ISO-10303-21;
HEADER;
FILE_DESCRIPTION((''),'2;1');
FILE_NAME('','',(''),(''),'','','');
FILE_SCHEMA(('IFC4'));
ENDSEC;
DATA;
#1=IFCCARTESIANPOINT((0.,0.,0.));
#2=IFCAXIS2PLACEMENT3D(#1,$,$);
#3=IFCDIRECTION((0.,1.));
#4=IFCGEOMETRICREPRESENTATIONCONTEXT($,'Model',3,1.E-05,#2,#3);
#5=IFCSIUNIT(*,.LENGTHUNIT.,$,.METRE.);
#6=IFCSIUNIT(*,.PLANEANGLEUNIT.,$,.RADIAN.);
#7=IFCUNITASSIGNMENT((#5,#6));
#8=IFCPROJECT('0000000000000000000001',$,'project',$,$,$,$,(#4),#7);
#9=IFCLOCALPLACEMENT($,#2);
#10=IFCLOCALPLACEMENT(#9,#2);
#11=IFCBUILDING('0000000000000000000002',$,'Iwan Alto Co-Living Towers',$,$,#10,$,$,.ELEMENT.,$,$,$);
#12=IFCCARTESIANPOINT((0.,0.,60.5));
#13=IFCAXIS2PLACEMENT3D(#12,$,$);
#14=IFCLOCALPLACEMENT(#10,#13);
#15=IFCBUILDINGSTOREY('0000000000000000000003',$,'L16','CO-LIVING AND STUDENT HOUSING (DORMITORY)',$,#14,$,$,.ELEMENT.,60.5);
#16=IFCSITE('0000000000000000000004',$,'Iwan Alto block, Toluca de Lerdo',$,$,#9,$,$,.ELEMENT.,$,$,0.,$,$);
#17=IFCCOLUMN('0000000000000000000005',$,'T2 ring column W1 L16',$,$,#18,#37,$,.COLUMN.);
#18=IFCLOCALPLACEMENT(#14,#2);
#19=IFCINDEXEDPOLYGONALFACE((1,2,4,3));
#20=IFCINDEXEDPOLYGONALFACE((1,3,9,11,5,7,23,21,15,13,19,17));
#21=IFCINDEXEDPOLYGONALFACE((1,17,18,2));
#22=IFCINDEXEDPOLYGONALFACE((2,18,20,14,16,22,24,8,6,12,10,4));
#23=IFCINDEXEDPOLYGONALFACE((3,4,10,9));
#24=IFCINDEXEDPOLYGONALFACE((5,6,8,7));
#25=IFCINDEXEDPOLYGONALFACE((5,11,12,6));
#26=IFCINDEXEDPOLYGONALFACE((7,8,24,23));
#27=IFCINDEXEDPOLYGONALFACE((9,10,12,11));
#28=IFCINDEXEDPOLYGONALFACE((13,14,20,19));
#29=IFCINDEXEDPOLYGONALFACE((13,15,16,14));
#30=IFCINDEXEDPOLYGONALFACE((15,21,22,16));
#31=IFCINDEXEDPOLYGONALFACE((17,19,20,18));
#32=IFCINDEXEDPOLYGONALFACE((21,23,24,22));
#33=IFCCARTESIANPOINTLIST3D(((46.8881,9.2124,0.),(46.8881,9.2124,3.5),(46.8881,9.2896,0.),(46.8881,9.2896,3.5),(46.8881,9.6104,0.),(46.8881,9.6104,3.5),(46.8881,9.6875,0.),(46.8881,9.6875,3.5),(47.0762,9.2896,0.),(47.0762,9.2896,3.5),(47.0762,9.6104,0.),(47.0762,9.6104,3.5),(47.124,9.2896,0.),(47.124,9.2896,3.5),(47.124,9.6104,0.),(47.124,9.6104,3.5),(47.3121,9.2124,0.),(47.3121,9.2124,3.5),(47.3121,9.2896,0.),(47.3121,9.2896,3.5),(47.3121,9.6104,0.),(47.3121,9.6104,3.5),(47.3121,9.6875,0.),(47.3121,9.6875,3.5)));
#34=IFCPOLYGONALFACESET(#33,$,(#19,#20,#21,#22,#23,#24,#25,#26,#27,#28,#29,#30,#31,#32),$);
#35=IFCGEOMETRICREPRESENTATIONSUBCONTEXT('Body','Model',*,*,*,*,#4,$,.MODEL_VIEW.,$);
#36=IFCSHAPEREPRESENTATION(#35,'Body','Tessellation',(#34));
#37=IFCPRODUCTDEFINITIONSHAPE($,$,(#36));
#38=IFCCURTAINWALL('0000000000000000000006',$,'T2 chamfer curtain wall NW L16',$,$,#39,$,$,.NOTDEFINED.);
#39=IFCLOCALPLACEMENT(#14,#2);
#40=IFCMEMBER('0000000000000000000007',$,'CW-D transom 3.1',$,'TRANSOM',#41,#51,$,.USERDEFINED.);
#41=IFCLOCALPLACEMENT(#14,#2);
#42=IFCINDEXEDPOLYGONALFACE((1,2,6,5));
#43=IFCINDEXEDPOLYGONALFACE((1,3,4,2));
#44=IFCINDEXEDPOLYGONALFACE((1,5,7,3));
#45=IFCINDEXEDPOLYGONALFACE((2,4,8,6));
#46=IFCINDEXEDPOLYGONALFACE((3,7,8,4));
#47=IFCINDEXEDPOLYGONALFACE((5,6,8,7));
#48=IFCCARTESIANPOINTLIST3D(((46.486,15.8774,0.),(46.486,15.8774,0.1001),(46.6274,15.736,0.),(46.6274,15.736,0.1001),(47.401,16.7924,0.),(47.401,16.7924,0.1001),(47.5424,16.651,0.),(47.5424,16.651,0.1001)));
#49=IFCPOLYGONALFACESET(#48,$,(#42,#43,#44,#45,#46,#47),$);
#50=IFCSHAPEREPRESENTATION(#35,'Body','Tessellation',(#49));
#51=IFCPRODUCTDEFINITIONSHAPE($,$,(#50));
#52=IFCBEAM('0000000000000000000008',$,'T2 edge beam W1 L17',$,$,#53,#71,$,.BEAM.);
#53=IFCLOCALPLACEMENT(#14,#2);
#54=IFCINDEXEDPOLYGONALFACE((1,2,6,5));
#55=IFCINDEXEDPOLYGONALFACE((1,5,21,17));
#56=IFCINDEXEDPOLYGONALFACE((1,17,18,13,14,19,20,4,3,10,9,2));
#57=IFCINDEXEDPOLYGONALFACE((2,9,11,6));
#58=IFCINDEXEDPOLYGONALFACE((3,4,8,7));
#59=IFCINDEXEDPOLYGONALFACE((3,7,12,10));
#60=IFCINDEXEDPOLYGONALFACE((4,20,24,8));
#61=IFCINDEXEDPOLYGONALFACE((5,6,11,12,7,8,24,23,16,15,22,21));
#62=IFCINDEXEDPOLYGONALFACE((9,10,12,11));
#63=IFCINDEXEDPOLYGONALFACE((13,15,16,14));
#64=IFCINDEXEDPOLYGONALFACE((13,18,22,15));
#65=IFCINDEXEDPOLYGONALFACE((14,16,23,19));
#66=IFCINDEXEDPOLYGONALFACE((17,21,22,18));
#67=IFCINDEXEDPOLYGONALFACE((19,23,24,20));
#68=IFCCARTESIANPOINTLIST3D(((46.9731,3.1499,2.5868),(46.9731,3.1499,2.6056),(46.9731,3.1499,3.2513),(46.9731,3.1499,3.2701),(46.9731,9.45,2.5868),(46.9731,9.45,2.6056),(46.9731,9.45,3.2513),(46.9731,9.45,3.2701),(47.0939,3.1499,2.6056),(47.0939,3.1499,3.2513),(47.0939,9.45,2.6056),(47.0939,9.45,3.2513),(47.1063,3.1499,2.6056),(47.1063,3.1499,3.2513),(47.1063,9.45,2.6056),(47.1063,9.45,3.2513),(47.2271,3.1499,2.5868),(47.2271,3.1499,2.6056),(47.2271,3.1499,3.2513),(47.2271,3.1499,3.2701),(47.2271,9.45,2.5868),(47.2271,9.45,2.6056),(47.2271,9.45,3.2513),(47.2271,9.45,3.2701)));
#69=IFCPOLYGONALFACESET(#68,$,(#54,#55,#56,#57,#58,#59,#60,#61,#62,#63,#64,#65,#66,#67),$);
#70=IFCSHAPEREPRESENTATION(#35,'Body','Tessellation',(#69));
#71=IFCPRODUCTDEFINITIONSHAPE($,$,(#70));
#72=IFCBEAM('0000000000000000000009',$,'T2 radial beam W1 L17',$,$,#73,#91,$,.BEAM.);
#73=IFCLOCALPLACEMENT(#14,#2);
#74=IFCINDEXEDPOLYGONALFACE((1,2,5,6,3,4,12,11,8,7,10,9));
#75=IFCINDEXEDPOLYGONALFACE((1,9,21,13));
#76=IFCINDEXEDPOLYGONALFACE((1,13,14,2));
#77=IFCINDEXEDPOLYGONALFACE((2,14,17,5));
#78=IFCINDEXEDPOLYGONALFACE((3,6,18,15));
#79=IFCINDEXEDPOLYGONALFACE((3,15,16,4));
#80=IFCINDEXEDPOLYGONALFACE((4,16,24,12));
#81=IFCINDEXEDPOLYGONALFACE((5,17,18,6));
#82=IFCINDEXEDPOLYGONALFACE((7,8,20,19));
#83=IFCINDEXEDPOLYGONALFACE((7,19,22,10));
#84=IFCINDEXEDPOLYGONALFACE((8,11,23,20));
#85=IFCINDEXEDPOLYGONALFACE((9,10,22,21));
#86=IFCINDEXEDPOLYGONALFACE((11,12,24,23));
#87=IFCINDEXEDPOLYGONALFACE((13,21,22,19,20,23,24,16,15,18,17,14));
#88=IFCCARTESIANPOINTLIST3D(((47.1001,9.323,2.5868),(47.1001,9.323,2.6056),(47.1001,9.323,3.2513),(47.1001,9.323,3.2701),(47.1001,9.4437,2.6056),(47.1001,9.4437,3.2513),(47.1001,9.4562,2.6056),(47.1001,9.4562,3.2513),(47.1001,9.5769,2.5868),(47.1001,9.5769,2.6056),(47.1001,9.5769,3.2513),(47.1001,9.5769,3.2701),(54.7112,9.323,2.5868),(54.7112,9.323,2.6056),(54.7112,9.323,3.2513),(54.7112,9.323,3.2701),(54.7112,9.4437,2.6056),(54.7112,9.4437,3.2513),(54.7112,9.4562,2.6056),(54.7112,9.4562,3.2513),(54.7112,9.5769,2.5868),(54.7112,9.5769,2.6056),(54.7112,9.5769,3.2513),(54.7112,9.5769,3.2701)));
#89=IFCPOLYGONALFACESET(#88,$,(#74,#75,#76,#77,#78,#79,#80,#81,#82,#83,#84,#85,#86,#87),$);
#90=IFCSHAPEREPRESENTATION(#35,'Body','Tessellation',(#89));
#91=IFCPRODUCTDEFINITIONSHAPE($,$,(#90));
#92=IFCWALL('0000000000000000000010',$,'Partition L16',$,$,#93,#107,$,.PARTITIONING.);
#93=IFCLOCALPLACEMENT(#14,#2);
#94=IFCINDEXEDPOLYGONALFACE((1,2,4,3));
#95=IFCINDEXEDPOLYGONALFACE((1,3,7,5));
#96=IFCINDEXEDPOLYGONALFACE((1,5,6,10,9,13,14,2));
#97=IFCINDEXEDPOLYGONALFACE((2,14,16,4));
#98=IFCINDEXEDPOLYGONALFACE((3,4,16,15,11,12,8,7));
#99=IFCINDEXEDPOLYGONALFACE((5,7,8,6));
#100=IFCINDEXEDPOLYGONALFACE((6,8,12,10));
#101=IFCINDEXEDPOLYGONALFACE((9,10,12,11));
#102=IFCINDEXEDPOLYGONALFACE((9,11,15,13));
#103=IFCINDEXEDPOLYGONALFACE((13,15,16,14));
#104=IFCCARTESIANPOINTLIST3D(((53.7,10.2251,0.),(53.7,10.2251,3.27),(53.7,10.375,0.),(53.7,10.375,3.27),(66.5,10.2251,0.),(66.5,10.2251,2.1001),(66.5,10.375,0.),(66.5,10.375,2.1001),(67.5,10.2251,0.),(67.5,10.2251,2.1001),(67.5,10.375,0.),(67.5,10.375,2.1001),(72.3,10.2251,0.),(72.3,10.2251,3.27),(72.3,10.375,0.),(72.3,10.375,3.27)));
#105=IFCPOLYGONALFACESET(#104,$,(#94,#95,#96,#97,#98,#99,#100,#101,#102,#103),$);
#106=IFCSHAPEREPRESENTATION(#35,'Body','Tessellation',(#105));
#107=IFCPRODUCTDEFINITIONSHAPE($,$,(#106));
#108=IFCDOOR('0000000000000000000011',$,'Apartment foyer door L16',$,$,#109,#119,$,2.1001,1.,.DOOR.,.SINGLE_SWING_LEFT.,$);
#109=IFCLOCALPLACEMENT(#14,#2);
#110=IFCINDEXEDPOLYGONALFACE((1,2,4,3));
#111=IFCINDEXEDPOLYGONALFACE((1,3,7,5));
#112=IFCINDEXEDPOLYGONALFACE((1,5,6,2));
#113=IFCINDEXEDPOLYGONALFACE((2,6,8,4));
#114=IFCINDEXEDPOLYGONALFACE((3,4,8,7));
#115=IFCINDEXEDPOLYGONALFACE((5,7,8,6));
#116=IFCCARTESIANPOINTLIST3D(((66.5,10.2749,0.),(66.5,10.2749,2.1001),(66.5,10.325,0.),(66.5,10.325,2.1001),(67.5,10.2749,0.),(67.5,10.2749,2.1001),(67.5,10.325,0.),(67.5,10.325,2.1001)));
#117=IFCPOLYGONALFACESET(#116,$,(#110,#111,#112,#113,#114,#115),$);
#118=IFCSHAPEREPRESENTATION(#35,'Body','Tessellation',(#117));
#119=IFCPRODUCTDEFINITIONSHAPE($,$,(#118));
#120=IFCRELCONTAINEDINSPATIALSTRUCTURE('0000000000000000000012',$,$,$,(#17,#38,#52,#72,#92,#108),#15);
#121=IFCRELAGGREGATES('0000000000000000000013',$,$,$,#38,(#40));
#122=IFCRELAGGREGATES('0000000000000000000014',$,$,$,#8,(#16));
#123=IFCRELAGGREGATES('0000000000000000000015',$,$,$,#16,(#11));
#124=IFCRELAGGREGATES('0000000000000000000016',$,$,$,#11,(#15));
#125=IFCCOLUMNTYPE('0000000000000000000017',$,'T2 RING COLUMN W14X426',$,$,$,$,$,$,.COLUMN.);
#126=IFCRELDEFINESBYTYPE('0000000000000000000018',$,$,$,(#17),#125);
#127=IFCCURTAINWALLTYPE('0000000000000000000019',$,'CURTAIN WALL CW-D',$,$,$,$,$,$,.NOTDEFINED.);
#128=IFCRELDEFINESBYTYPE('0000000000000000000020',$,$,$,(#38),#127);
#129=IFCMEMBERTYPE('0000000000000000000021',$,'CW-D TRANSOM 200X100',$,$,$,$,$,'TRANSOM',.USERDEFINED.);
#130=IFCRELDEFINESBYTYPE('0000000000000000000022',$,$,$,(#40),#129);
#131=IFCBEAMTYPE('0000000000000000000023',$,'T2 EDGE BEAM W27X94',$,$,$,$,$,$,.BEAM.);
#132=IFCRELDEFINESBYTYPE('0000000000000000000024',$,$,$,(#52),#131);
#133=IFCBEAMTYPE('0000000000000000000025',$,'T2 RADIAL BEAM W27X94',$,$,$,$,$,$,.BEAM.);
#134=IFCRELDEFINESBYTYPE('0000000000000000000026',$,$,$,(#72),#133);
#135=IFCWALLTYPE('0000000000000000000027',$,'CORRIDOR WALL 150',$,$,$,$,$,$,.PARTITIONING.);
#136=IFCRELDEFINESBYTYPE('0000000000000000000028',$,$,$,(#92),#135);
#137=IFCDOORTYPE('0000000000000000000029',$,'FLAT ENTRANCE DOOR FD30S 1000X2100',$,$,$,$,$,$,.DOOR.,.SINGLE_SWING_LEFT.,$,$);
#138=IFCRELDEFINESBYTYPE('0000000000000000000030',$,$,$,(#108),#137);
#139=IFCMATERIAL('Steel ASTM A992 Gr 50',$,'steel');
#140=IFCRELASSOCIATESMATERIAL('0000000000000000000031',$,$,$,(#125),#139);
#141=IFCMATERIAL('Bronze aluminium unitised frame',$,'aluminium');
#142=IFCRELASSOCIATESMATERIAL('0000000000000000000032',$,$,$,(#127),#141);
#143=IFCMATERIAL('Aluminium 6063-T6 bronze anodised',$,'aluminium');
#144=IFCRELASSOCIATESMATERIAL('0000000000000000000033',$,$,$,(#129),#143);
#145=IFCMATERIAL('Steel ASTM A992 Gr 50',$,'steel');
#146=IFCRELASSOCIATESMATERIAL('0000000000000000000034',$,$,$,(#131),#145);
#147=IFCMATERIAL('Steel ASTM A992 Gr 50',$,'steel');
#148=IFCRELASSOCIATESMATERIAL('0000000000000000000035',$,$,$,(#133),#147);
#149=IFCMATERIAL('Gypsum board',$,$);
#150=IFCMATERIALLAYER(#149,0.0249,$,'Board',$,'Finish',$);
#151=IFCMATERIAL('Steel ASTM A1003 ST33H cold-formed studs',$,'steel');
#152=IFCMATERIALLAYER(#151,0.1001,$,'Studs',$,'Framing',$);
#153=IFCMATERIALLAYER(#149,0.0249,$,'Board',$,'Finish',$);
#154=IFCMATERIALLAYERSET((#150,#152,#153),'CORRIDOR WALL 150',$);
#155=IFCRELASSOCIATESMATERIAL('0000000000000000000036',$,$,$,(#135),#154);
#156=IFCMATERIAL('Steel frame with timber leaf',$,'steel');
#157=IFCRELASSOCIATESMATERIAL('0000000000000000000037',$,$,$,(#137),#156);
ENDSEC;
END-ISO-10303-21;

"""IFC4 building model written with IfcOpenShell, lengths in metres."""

from ifc_helpers import new_model, si_unit, direction, frame, frame_2d, origin, origin_2d, place, context, subcontext, project, spatial, rectangle, i_section, extrude, material, layer, layer_set, material_profile, profile_set, type_object, element, fill, aggregate, save


model = new_model("IFC4")

# Units and contexts
model_context = context("Model", 3, precision=1e-05, world=origin(), true_north=direction((0.0, 1.0)))
body_context = subcontext(model_context, "Body", "Model", "MODEL_VIEW")
ifc_project = project(units=[si_unit("LENGTHUNIT", "METRE"), si_unit("PLANEANGLEUNIT", "RADIAN")], contexts=[model_context])

# Site, building, storey
site_placement = place(None, origin())
site = spatial("IfcSite", under=ifc_project, at=site_placement, Name="Iwan Alto block, Toluca de Lerdo", CompositionType="ELEMENT", RefElevation=0.0)
building_placement = place(site_placement, origin())
building = spatial("IfcBuilding", under=site, at=building_placement, Name="Iwan Alto Co-Living Towers", CompositionType="ELEMENT")
storey_placement = place(building_placement, frame((0.0, 0.0, 60.5)))
storey = spatial("IfcBuildingStorey", under=building, at=storey_placement, Name="L16", Description="CO-LIVING AND STUDENT HOUSING (DORMITORY)", CompositionType="ELEMENT", Elevation=60.5)

# Column
ifc_material_1 = material(Name="Steel ASTM A992 Gr 50", Category="steel")
ifc_material_profile_1 = material_profile(ifc_material_1, i_section(OverallWidth=0.4241, OverallDepth=0.4751, WebThickness=0.0479, FlangeThickness=0.0771, at=origin_2d()), Name="W14X426")
ifc_profile_set_1 = profile_set([ifc_material_profile_1], Name="Steel ASTM A992 Gr 50")
column_type = type_object("IfcColumnType", Name="T2 RING COLUMN W14X426", PredefinedType="COLUMN", material=ifc_profile_set_1)
column_placement = place(storey_placement, frame((47.1001, 9.45, 0.0), z_axis=(0.0, 0.0, 1.0), x_axis=(1.0, 0.0, 0.0)))
element("IfcColumn", 1, at=column_placement, inside=storey, type_object=column_type, Name="T2 ring column W1 L16", PredefinedType="COLUMN", context=body_context, shape_type="SweptSolid", body=[
    extrude(i_section(OverallWidth=0.4241, OverallDepth=0.4751, WebThickness=0.0479, FlangeThickness=0.0771, at=origin_2d()), origin(), (0.0, 0.0, 1.0), 3.5),
])

# Curtain wall, member
ifc_material_2 = material(Name="Bronze aluminium unitised frame", Category="aluminium")
curtain_wall_type = type_object("IfcCurtainWallType", Name="CURTAIN WALL CW-D", PredefinedType="NOTDEFINED", material=ifc_material_2)
curtain_wall_placement = place(storey_placement, origin())
curtain_wall = element("IfcCurtainWall", 2, at=curtain_wall_placement, inside=storey, type_object=curtain_wall_type, Name="T2 chamfer curtain wall NW L16", PredefinedType="NOTDEFINED")
ifc_material_3 = material(Name="Aluminium 6063-T6 bronze anodised", Category="aluminium")
ifc_material_profile_2 = material_profile(ifc_material_3, rectangle(XDim=0.2, YDim=0.1001, at=origin_2d()), Name="AL 200X100")
ifc_profile_set_2 = profile_set([ifc_material_profile_2], Name="Aluminium 6063-T6 bronze anodised")
member_type = type_object("IfcMemberType", Name="CW-D TRANSOM 200X100", ElementType="TRANSOM", PredefinedType="USERDEFINED", material=ifc_profile_set_2)
member_placement = place(storey_placement, frame((47.4717, 16.7217, 0.05), z_axis=(-0.707107, -0.707107, 0.0), x_axis=(0.707107, -0.707107, 0.0)))
member = element("IfcMember", 3, at=member_placement, type_object=member_type, Name="CW-D transom 3.1", ObjectType="TRANSOM", PredefinedType="USERDEFINED", context=body_context, shape_type="SweptSolid", body=[
    extrude(rectangle(XDim=0.2, YDim=0.1001, at=origin_2d()), origin(), (0.0, 0.0, 1.0), 1.2939),
])
aggregate(curtain_wall, [member])

# Beams
ifc_material_4 = material(Name="Steel ASTM A992 Gr 50", Category="steel")
ifc_material_profile_3 = material_profile(ifc_material_4, i_section(OverallWidth=0.2539, OverallDepth=0.6833, WebThickness=0.0125, FlangeThickness=0.0188, at=origin_2d()), Name="W27X94")
ifc_profile_set_3 = profile_set([ifc_material_profile_3], Name="Steel ASTM A992 Gr 50")
beam_type_1 = type_object("IfcBeamType", Name="T2 EDGE BEAM W27X94", PredefinedType="BEAM", material=ifc_profile_set_3)
beam_1_placement = place(storey_placement, frame((47.1001, 9.45, 2.9285), z_axis=(0.0, -1.0, 0.0), x_axis=(1.0, 0.0, 0.0)))
element("IfcBeam", 4, at=beam_1_placement, inside=storey, type_object=beam_type_1, Name="T2 edge beam W1 L17", PredefinedType="BEAM", context=body_context, shape_type="SweptSolid", body=[
    extrude(i_section(OverallWidth=0.2539, OverallDepth=0.6833, WebThickness=0.0125, FlangeThickness=0.0188, at=origin_2d()), origin(), (0.0, 0.0, 1.0), 6.3),
])
ifc_material_5 = material(Name="Steel ASTM A992 Gr 50", Category="steel")
ifc_material_profile_4 = material_profile(ifc_material_5, i_section(OverallWidth=0.2539, OverallDepth=0.6833, WebThickness=0.0125, FlangeThickness=0.0188, at=origin_2d()), Name="W27X94")
ifc_profile_set_4 = profile_set([ifc_material_profile_4], Name="Steel ASTM A992 Gr 50")
beam_type_2 = type_object("IfcBeamType", Name="T2 RADIAL BEAM W27X94", PredefinedType="BEAM", material=ifc_profile_set_4)
beam_2_placement = place(storey_placement, frame((47.1001, 9.45, 2.9285), z_axis=(1.0, 0.0, 0.0), x_axis=(0.0, 1.0, 0.0)))
element("IfcBeam", 5, at=beam_2_placement, inside=storey, type_object=beam_type_2, Name="T2 radial beam W1 L17", PredefinedType="BEAM", context=body_context, shape_type="SweptSolid", body=[
    extrude(i_section(OverallWidth=0.2539, OverallDepth=0.6833, WebThickness=0.0125, FlangeThickness=0.0188, at=origin_2d()), origin(), (0.0, 0.0, 1.0), 7.6111),
])

# Wall, opening, door
ifc_material_6 = material(Name="Gypsum board")
ifc_layer_1 = layer(ifc_material_6, 0.0249, Name="Board", Category="Finish")
ifc_material_7 = material(Name="Steel ASTM A1003 ST33H cold-formed studs", Category="steel")
ifc_layer_2 = layer(ifc_material_7, 0.1001, Name="Studs", Category="Framing")
ifc_layer_3 = layer(ifc_material_6, 0.0249, Name="Board", Category="Finish")
ifc_layer_set_1 = layer_set([ifc_layer_1, ifc_layer_2, ifc_layer_3], Name="CORRIDOR WALL 150")
wall_type_1 = type_object("IfcWallType", Name="CORRIDOR WALL 150", PredefinedType="PARTITIONING", material=ifc_layer_set_1)
wall_1_placement = place(storey_placement, frame((53.7, 10.3, 0.0), z_axis=(0.0, 0.0, 1.0), x_axis=(1.0, 0.0, 0.0)))
wall_1 = element("IfcWall", 6, at=wall_1_placement, inside=storey, type_object=wall_type_1, Name="Partition L16", PredefinedType="PARTITIONING", context=body_context, shape_type="SweptSolid", body=[
    extrude(rectangle(XDim=18.6001, YDim=0.1499, at=frame_2d((9.3, 0.0))), origin(), (0.0, 0.0, 1.0), 3.27),
])
opening_1_placement = place(wall_1_placement, frame((12.8, 0.0, 0.0)))
opening_1 = element("IfcOpeningElement", 7, at=opening_1_placement, cuts=wall_1, PredefinedType="OPENING", context=body_context, shape_type="SweptSolid", body=[
    extrude(rectangle(XDim=1.0, YDim=2.1001, at=frame_2d((0.5, 1.05))), frame((0.0, 0.085, 0.0), z_axis=(0.0, -1.0, 0.0), x_axis=(1.0, 0.0, 0.0)), (0.0, 0.0, 1.0), 0.1699),
])
ifc_material_8 = material(Name="Steel frame with timber leaf", Category="steel")
door_type_1 = type_object("IfcDoorType", Name="FLAT ENTRANCE DOOR FD30S 1000X2100", OperationType="SINGLE_SWING_LEFT", PredefinedType="DOOR", material=ifc_material_8)
door_1_placement = place(opening_1_placement, origin())
door_1 = element("IfcDoor", 8, at=door_1_placement, inside=storey, type_object=door_type_1, Name="Apartment foyer door L16", OperationType="SINGLE_SWING_LEFT", OverallHeight=2.1001, OverallWidth=1.0, PredefinedType="DOOR", context=body_context, shape_type="SweptSolid", body=[
    extrude(rectangle(XDim=1.0, YDim=2.1001, at=frame_2d((0.5, 1.05))), frame((0.0, 0.0249, 0.0), z_axis=(0.0, -1.0, 0.0), x_axis=(1.0, 0.0, 0.0)), (0.0, 0.0, 1.0), 0.05),
])
fill(opening_1, door_1)

save(model, "model.ifc")
